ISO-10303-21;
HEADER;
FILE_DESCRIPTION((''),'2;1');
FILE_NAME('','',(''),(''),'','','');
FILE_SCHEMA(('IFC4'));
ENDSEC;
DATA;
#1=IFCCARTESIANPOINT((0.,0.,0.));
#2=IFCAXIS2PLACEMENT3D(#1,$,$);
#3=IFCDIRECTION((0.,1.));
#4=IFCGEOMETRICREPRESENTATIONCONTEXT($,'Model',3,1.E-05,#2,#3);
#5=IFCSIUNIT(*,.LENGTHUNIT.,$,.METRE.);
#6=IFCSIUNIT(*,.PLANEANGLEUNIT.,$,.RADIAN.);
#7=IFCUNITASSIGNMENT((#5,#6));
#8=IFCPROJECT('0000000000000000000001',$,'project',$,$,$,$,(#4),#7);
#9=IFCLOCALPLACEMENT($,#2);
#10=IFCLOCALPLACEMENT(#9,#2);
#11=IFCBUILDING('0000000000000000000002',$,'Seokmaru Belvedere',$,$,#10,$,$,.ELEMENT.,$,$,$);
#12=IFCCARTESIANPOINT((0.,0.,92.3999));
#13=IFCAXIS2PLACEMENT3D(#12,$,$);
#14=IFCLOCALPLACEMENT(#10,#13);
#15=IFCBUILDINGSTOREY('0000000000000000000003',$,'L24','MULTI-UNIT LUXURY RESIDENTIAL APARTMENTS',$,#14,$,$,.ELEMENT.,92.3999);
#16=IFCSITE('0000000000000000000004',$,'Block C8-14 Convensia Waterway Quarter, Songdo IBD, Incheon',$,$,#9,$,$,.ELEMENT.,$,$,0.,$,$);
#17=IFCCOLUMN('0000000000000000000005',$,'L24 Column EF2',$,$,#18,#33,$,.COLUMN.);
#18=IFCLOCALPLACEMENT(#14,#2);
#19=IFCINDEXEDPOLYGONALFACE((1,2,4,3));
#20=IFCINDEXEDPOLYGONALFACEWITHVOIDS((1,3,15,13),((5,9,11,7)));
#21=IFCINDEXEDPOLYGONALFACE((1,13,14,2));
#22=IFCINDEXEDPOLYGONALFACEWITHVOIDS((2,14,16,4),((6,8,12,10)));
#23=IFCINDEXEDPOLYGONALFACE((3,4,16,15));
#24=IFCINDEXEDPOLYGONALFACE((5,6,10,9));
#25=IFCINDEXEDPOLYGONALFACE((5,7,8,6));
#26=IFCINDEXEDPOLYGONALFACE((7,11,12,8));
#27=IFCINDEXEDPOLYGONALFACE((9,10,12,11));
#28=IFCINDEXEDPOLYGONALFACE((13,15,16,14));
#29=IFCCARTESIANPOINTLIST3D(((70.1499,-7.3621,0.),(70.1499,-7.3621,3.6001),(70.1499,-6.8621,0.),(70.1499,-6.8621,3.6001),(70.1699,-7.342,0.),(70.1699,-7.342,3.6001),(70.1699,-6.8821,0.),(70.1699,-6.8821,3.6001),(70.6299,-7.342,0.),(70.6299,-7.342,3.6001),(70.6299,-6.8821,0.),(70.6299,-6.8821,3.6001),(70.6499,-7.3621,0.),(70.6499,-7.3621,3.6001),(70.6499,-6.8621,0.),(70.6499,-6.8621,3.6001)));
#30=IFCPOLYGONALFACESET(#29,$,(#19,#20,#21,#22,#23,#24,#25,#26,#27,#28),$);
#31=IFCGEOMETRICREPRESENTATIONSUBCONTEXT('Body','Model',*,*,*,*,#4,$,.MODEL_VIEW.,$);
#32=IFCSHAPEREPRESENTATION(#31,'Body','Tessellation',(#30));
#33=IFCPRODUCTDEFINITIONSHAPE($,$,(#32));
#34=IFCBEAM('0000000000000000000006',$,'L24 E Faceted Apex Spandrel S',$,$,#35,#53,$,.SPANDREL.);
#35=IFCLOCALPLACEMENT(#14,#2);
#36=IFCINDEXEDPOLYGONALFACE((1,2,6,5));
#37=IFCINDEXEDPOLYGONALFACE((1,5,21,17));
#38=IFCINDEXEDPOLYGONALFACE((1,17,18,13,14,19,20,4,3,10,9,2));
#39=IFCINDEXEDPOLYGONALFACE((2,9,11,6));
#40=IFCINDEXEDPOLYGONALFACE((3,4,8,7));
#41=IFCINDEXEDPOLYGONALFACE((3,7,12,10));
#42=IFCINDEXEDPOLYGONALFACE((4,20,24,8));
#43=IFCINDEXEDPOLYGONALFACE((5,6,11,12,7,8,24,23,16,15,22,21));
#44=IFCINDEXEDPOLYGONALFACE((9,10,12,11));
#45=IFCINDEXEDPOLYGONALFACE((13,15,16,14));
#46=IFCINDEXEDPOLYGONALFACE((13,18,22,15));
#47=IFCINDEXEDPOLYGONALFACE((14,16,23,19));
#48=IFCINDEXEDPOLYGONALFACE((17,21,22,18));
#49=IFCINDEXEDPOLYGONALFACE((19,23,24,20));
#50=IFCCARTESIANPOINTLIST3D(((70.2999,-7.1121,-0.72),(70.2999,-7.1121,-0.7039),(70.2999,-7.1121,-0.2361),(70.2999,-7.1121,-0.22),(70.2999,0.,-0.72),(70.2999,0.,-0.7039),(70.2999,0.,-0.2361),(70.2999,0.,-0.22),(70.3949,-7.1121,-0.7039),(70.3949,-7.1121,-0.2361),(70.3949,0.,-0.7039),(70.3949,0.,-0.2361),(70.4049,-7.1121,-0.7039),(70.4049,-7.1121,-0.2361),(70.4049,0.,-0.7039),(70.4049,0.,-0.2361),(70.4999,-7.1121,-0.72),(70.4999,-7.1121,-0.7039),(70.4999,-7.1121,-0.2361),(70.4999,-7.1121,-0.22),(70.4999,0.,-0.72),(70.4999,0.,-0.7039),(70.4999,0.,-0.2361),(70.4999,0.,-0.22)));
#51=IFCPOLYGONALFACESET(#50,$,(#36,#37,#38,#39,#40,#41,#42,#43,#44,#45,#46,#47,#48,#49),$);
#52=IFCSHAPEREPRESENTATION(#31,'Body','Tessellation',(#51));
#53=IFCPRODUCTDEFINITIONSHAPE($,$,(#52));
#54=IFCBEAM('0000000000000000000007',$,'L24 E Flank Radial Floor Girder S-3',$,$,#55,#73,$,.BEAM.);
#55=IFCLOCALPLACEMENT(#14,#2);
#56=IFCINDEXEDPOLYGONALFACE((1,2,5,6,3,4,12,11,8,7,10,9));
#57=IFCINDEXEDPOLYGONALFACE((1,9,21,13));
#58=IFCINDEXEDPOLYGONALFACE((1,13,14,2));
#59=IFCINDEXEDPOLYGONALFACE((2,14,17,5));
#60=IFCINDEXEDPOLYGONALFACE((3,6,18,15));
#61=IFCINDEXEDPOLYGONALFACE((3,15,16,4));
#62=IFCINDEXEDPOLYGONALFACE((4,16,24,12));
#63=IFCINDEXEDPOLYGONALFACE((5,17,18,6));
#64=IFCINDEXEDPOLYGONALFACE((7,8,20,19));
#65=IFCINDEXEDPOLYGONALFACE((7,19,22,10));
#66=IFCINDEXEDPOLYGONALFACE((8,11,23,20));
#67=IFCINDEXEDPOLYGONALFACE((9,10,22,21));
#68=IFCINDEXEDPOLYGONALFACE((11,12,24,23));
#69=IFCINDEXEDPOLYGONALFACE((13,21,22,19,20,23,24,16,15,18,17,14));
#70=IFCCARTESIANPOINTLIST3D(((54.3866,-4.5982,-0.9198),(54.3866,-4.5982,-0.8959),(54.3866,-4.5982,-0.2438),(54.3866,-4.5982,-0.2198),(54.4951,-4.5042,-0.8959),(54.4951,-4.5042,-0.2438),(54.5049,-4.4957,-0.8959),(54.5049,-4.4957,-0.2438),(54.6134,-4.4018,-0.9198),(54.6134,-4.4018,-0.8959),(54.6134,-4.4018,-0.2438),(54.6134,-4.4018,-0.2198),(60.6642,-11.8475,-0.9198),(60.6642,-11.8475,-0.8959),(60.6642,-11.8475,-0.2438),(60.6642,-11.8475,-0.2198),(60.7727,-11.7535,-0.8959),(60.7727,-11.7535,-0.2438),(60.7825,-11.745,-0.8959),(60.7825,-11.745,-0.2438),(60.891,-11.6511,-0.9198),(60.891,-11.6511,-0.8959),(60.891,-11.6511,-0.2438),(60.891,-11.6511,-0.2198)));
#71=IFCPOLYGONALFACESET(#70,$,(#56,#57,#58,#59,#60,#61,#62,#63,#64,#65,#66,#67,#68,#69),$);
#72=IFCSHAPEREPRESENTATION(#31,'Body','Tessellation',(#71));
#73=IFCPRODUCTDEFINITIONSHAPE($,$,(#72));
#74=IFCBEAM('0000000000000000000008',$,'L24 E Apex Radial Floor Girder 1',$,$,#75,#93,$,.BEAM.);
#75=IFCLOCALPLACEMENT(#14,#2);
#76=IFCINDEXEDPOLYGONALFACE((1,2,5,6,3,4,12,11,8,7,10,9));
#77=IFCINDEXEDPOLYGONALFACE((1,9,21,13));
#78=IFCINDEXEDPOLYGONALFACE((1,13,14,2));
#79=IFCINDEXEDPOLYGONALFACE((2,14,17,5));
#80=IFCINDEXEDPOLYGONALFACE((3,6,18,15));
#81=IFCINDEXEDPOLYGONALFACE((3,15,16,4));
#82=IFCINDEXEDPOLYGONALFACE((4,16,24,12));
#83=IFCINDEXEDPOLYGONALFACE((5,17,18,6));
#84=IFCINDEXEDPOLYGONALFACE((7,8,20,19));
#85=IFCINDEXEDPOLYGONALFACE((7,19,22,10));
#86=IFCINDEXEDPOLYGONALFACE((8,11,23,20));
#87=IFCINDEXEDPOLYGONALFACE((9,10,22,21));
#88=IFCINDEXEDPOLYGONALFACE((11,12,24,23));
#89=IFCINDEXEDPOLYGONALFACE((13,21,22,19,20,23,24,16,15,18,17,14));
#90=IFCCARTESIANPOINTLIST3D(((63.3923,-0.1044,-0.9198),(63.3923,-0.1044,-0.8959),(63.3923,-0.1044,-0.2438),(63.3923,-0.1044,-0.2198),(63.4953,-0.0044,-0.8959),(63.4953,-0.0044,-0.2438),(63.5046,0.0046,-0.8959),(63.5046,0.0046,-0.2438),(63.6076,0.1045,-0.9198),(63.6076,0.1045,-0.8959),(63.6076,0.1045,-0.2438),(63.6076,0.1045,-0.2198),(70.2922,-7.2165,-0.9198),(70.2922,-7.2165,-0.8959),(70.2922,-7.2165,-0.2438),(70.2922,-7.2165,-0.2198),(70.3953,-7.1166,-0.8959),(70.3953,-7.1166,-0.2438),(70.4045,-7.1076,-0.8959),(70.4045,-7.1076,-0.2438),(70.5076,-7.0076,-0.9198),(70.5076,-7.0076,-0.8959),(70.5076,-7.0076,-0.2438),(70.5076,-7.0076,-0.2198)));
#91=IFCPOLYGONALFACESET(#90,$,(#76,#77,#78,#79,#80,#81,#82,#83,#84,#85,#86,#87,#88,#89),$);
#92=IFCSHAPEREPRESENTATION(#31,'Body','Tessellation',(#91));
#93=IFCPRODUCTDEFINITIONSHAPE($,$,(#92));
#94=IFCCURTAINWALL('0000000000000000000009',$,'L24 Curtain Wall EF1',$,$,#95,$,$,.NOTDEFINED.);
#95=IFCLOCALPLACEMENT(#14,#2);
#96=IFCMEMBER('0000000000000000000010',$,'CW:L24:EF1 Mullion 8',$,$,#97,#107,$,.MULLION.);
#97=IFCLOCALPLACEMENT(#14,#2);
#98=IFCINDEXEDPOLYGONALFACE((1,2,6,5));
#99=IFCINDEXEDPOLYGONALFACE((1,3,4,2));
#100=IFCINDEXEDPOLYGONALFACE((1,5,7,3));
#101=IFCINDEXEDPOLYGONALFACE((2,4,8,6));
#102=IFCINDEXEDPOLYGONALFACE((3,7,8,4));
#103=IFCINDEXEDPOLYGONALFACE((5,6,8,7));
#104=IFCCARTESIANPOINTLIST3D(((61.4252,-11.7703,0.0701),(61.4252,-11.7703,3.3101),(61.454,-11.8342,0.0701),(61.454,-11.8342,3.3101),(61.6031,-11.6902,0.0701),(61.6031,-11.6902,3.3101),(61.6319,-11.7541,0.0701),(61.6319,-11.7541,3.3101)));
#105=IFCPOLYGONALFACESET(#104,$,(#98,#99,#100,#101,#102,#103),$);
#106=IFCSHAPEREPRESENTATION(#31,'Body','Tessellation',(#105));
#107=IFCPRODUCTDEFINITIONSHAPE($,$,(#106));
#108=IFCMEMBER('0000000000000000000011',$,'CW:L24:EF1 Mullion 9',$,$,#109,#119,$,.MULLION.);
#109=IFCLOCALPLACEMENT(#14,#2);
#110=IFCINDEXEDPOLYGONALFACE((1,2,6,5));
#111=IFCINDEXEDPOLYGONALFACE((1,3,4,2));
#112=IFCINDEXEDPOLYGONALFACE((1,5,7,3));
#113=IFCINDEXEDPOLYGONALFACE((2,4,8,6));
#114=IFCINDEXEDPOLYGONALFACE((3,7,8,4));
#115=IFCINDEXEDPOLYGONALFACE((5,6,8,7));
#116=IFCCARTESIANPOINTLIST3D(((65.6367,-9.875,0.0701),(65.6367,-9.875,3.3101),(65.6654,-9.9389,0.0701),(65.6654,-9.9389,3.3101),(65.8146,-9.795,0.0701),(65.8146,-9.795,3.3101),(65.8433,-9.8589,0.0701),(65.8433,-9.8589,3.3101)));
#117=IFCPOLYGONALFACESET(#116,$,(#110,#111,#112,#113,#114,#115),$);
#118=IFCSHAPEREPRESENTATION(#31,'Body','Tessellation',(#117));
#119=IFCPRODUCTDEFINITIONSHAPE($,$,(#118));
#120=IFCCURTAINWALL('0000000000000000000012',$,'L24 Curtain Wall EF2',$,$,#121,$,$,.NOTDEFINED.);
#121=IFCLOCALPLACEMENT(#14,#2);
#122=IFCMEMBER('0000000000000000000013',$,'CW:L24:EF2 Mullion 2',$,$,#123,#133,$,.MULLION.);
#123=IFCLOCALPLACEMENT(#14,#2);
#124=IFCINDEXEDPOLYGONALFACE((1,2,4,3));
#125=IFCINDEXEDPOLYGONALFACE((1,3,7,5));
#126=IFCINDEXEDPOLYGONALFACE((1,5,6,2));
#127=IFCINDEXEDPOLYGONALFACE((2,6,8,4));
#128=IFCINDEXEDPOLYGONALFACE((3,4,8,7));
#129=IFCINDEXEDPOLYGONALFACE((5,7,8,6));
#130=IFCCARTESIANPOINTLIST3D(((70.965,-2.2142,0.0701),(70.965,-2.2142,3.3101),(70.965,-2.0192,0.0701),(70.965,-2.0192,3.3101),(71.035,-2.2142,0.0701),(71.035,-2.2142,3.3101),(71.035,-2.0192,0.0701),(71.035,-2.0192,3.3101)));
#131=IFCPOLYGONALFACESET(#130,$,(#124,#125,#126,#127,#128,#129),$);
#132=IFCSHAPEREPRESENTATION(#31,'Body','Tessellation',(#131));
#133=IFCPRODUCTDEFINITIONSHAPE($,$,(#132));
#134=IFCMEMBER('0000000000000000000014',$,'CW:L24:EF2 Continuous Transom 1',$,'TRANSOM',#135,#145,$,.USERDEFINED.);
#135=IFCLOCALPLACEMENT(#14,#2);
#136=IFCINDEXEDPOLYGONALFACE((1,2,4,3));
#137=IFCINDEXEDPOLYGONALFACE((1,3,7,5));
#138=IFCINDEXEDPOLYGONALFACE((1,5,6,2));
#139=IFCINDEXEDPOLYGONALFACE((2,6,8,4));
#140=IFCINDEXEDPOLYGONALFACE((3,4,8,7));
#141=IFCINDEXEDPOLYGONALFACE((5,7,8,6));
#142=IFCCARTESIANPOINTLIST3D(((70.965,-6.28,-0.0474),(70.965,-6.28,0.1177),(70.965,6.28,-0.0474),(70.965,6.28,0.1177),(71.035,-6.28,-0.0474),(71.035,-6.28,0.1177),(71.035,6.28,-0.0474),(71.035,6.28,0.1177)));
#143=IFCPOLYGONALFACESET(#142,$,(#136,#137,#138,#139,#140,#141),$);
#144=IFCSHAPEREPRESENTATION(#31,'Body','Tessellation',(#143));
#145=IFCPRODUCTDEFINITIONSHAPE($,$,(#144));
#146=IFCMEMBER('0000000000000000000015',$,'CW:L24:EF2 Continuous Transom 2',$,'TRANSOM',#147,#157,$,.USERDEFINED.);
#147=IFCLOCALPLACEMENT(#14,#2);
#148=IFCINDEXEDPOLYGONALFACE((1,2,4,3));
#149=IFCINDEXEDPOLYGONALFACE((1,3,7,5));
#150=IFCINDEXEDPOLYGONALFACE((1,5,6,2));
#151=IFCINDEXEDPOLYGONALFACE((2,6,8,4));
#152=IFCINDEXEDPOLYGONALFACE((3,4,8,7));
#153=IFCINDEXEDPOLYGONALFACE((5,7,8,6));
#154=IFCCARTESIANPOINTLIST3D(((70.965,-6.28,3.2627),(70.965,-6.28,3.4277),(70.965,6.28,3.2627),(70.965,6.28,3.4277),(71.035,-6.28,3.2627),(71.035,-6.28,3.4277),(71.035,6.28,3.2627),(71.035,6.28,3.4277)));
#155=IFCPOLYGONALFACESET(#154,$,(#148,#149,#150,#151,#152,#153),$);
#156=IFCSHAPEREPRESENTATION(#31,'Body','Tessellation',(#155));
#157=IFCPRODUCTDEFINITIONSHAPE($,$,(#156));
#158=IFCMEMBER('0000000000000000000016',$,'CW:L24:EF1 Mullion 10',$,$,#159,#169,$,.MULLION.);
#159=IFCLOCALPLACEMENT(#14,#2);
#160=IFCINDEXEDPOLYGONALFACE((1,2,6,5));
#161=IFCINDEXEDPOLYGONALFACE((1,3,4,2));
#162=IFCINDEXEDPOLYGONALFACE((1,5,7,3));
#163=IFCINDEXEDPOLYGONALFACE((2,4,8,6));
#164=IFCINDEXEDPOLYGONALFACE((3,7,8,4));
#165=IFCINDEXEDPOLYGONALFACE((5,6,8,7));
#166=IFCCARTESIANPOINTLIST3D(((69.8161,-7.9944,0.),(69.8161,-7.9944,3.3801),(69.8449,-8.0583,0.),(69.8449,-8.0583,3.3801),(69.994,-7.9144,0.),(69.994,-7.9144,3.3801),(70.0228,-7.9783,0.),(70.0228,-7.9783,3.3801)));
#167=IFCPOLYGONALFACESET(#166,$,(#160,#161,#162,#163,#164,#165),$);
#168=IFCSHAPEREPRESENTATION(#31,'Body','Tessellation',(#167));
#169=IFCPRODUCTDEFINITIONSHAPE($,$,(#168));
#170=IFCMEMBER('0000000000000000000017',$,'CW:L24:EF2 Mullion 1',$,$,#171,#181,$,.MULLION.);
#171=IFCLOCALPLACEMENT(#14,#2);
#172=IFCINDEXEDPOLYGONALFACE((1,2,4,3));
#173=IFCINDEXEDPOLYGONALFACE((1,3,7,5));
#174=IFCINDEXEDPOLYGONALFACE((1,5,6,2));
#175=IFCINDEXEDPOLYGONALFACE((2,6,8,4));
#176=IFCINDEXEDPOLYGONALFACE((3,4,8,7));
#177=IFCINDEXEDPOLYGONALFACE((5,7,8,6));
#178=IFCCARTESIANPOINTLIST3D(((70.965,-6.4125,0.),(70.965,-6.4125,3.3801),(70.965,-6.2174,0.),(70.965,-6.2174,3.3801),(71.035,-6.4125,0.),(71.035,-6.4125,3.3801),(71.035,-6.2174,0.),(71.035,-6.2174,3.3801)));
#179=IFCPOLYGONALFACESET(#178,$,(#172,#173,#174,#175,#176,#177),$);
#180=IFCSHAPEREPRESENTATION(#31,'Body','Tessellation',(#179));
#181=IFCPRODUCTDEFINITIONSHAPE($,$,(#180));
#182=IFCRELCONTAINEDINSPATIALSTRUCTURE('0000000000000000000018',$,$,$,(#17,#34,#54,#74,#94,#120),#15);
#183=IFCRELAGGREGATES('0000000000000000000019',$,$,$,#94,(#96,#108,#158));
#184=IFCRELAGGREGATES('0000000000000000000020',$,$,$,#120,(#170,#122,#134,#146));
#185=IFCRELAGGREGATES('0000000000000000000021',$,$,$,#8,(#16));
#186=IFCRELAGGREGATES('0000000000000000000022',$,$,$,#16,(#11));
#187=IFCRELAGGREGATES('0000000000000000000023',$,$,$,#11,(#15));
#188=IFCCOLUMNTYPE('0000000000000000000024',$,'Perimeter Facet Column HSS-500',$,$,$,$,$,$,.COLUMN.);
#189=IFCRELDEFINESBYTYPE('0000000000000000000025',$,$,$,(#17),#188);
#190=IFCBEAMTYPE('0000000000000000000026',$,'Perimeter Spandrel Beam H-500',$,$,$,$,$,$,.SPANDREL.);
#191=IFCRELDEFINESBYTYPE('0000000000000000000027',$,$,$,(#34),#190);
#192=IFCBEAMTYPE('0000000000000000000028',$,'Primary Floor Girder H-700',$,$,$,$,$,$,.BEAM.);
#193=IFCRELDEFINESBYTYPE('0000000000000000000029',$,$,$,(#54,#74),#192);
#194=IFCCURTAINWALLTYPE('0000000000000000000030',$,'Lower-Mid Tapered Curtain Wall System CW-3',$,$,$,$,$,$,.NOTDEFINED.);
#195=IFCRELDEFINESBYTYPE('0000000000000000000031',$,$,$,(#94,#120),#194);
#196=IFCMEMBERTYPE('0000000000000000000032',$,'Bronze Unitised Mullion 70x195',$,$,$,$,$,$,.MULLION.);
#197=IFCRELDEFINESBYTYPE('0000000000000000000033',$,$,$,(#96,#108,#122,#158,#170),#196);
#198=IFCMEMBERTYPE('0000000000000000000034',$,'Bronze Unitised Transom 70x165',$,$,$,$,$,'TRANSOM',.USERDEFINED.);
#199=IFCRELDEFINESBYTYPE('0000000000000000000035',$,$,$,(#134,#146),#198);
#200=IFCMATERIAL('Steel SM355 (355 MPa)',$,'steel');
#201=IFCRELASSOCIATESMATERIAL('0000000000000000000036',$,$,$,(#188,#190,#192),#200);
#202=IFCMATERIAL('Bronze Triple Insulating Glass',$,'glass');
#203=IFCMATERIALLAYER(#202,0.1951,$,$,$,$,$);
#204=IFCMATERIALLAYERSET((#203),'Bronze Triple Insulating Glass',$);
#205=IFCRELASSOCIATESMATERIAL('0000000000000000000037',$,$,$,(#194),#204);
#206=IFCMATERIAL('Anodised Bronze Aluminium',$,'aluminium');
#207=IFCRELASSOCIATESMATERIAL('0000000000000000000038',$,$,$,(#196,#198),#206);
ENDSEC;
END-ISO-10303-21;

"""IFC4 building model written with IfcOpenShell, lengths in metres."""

from ifc_helpers import new_model, si_unit, direction, frame, origin, origin_2d, place, context, subcontext, project, spatial, rectangle, hollow_rectangle, i_section, extrude, source, transform, mapped, material, layer, layer_set, material_profile, profile_set, type_object, type_shapes, element, aggregate, save


model = new_model("IFC4")

# Units and contexts
model_context = context("Model", 3, precision=1e-05, world=origin(), true_north=direction((0.0, 1.0)))
body_context = subcontext(model_context, "Body", "Model", "MODEL_VIEW")
ifc_project = project(units=[si_unit("LENGTHUNIT", "METRE"), si_unit("PLANEANGLEUNIT", "RADIAN")], contexts=[model_context])

# Site, building, storey
site_placement = place(None, origin())
site = spatial("IfcSite", under=ifc_project, at=site_placement, Name="Block C8-14 Convensia Waterway Quarter, Songdo IBD, Incheon", CompositionType="ELEMENT", RefElevation=0.0)
building_placement = place(site_placement, origin())
building = spatial("IfcBuilding", under=site, at=building_placement, Name="Seokmaru Belvedere", CompositionType="ELEMENT")
storey_placement = place(building_placement, frame((0.0, 0.0, 92.3999)))
storey = spatial("IfcBuildingStorey", under=building, at=storey_placement, Name="L24", Description="MULTI-UNIT LUXURY RESIDENTIAL APARTMENTS", CompositionType="ELEMENT", Elevation=92.3999)

# Column
ifc_material_1 = material(Name="Steel SM355 (355 MPa)", Category="steel")
ifc_material_profile_1 = material_profile(ifc_material_1, hollow_rectangle(XDim=0.5, YDim=0.5, WallThickness=0.02, at=origin_2d()), Name="HSS-500x500x20")
ifc_profile_set_1 = profile_set([ifc_material_profile_1], Name="Steel SM355 (355 MPa)")
column_type = type_object("IfcColumnType", Name="Perimeter Facet Column HSS-500", PredefinedType="COLUMN", material=ifc_profile_set_1)
shared_shape_1 = source(origin(), body_context, "Body", "SweptSolid", [
    extrude(hollow_rectangle(XDim=0.5, YDim=0.5, WallThickness=0.02, at=origin_2d()), origin(), (0.0, 0.0, 1.0), 3.6001),
])
type_shapes(column_type, [shared_shape_1])
column_placement = place(storey_placement, frame((70.3999, -7.1121, 0.0), z_axis=(0.0, 0.0, 1.0), x_axis=(1.0, 0.0, 0.0)))
element("IfcColumn", 1, at=column_placement, inside=storey, type_object=column_type, Name="L24 Column EF2", PredefinedType="COLUMN", context=body_context, shape_type="MappedRepresentation", body=[
    mapped(shared_shape_1, transform((0.0, 0.0, 0.0), scale=1.0)),
])

# Beams
ifc_material_profile_2 = material_profile(ifc_material_1, i_section(OverallWidth=0.2, OverallDepth=0.5, WebThickness=0.01, FlangeThickness=0.0161, at=origin_2d()), Name="H-500x200x10x16")
ifc_profile_set_2 = profile_set([ifc_material_profile_2], Name="Steel SM355 (355 MPa)")
beam_type_1 = type_object("IfcBeamType", Name="Perimeter Spandrel Beam H-500", PredefinedType="SPANDREL", material=ifc_profile_set_2)
shared_shape_2 = source(origin(), body_context, "Body", "SweptSolid", [
    extrude(i_section(OverallWidth=0.2, OverallDepth=0.5, WebThickness=0.01, FlangeThickness=0.0161, at=origin_2d()), origin(), (0.0, 0.0, 1.0), 7.1121),
])
type_shapes(beam_type_1, [shared_shape_2])
beam_1_placement = place(storey_placement, frame((70.3999, -7.1121, -0.47), z_axis=(0.0, 1.0, 0.0), x_axis=(-1.0, 0.0, 0.0)))
element("IfcBeam", 2, at=beam_1_placement, inside=storey, type_object=beam_type_1, Name="L24 E Faceted Apex Spandrel S", PredefinedType="SPANDREL", context=body_context, shape_type="MappedRepresentation", body=[
    mapped(shared_shape_2, transform((0.0, 0.0, 0.0), scale=1.0)),
])
ifc_material_profile_3 = material_profile(ifc_material_1, i_section(OverallWidth=0.3, OverallDepth=0.7, WebThickness=0.0129, FlangeThickness=0.0239, at=origin_2d()), Name="H-700x300x13x24")
ifc_profile_set_3 = profile_set([ifc_material_profile_3], Name="Steel SM355 (355 MPa)")
beam_type_2 = type_object("IfcBeamType", Name="Primary Floor Girder H-700", PredefinedType="BEAM", material=ifc_profile_set_3)
shared_shape_3 = source(origin(), body_context, "Body", "SweptSolid", [
    extrude(i_section(OverallWidth=0.3, OverallDepth=0.7, WebThickness=0.0129, FlangeThickness=0.0239, at=origin_2d()), origin(), (0.0, 0.0, 1.0), 9.5896),
])
beam_2_placement = place(storey_placement, frame((60.7776, -11.7493, -0.5698), z_axis=(-0.654626, 0.755953, 0.0), x_axis=(-0.755953, -0.654626, 0.0)))
element("IfcBeam", 3, at=beam_2_placement, inside=storey, type_object=beam_type_2, Name="L24 E Flank Radial Floor Girder S-3", PredefinedType="BEAM", context=body_context, shape_type="MappedRepresentation", body=[
    mapped(shared_shape_3, transform((0.0, 0.0, 0.0), scale=1.0)),
])
shared_shape_4 = source(origin(), body_context, "Body", "SweptSolid", [
    extrude(i_section(OverallWidth=0.3, OverallDepth=0.7, WebThickness=0.0129, FlangeThickness=0.0239, at=origin_2d()), origin(), (0.0, 0.0, 1.0), 9.9092),
])
type_shapes(beam_type_2, [shared_shape_3, shared_shape_4])
beam_3_placement = place(storey_placement, frame((70.3999, -7.1121, -0.5698), z_axis=(-0.696321, 0.717731, 0.0), x_axis=(-0.717731, -0.696321, 0.0)))
element("IfcBeam", 4, at=beam_3_placement, inside=storey, type_object=beam_type_2, Name="L24 E Apex Radial Floor Girder 1", PredefinedType="BEAM", context=body_context, shape_type="MappedRepresentation", body=[
    mapped(shared_shape_4, transform((0.0, 0.0, 0.0), scale=1.0)),
])

# Curtain walls, members
ifc_material_2 = material(Name="Bronze Triple Insulating Glass", Category="glass")
ifc_layer_1 = layer(ifc_material_2, 0.1951)
ifc_layer_set_1 = layer_set([ifc_layer_1], Name="Bronze Triple Insulating Glass")
curtain_wall_type = type_object("IfcCurtainWallType", Name="Lower-Mid Tapered Curtain Wall System CW-3", PredefinedType="NOTDEFINED", material=ifc_layer_set_1)
curtain_wall_1_placement = place(storey_placement, origin())
curtain_wall_1 = element("IfcCurtainWall", 5, at=curtain_wall_1_placement, inside=storey, type_object=curtain_wall_type, Name="L24 Curtain Wall EF1", PredefinedType="NOTDEFINED")
ifc_material_3 = material(Name="Anodised Bronze Aluminium", Category="aluminium")
ifc_material_profile_4 = material_profile(ifc_material_3, rectangle(XDim=0.0701, YDim=0.1951, at=origin_2d()), Name="CW-M-70x195")
ifc_profile_set_4 = profile_set([ifc_material_profile_4], Name="Anodised Bronze Aluminium")
member_type_1 = type_object("IfcMemberType", Name="Bronze Unitised Mullion 70x195", PredefinedType="MULLION", material=ifc_profile_set_4)
shared_shape_5 = source(origin(), body_context, "Body", "SweptSolid", [
    extrude(rectangle(XDim=0.0701, YDim=0.1951, at=origin_2d()), origin(), (0.0, 0.0, 1.0), 3.24),
])
member_1_placement = place(storey_placement, frame((61.5286, -11.7622, 0.0701), z_axis=(0.0, 0.0, 1.0), x_axis=(-0.410366, 0.911921, 0.0)))
member_1 = element("IfcMember", 6, at=member_1_placement, type_object=member_type_1, Name="CW:L24:EF1 Mullion 8", PredefinedType="MULLION", context=body_context, shape_type="MappedRepresentation", body=[
    mapped(shared_shape_5, transform((0.0, 0.0, 0.0), scale=1.0)),
])
member_2_placement = place(storey_placement, frame((65.74, -9.8669, 0.0701), z_axis=(0.0, 0.0, 1.0), x_axis=(-0.410366, 0.911921, 0.0)))
member_2 = element("IfcMember", 7, at=member_2_placement, type_object=member_type_1, Name="CW:L24:EF1 Mullion 9", PredefinedType="MULLION", context=body_context, shape_type="MappedRepresentation", body=[
    mapped(shared_shape_5, transform((0.0, 0.0, 0.0), scale=1.0)),
])
curtain_wall_2_placement = place(storey_placement, origin())
curtain_wall_2 = element("IfcCurtainWall", 8, at=curtain_wall_2_placement, inside=storey, type_object=curtain_wall_type, Name="L24 Curtain Wall EF2", PredefinedType="NOTDEFINED")
member_3_placement = place(storey_placement, frame((71.0, -2.1167, 0.0701), z_axis=(0.0, 0.0, 1.0), x_axis=(-1.0, 0.0, 0.0)))
member_3 = element("IfcMember", 9, at=member_3_placement, type_object=member_type_1, Name="CW:L24:EF2 Mullion 2", PredefinedType="MULLION", context=body_context, shape_type="MappedRepresentation", body=[
    mapped(shared_shape_5, transform((0.0, 0.0, 0.0), scale=1.0)),
])
ifc_material_profile_5 = material_profile(ifc_material_3, rectangle(XDim=0.0701, YDim=0.165, at=origin_2d()), Name="CW-T-70x165")
ifc_profile_set_5 = profile_set([ifc_material_profile_5], Name="Anodised Bronze Aluminium")
member_type_2 = type_object("IfcMemberType", Name="Bronze Unitised Transom 70x165", ElementType="TRANSOM", PredefinedType="USERDEFINED", material=ifc_profile_set_5)
shared_shape_6 = source(origin(), body_context, "Body", "SweptSolid", [
    extrude(rectangle(XDim=0.0701, YDim=0.165, at=origin_2d()), origin(), (0.0, 0.0, 1.0), 12.5601),
])
type_shapes(member_type_2, [shared_shape_6])
member_4_placement = place(storey_placement, frame((71.0, -6.28, 0.0352), z_axis=(0.0, 1.0, 0.0), x_axis=(-1.0, 0.0, 0.0)))
member_4 = element("IfcMember", 10, at=member_4_placement, type_object=member_type_2, Name="CW:L24:EF2 Continuous Transom 1", ObjectType="TRANSOM", PredefinedType="USERDEFINED", context=body_context, shape_type="MappedRepresentation", body=[
    mapped(shared_shape_6, transform((0.0, 0.0, 0.0), scale=1.0)),
])
member_5_placement = place(storey_placement, frame((71.0, -6.28, 3.3452), z_axis=(0.0, 1.0, 0.0), x_axis=(-1.0, 0.0, 0.0)))
member_5 = element("IfcMember", 11, at=member_5_placement, type_object=member_type_2, Name="CW:L24:EF2 Continuous Transom 2", ObjectType="TRANSOM", PredefinedType="USERDEFINED", context=body_context, shape_type="MappedRepresentation", body=[
    mapped(shared_shape_6, transform((0.0, 0.0, 0.0), scale=1.0)),
])

# Members
shared_shape_7 = source(origin(), body_context, "Body", "SweptSolid", [
    extrude(rectangle(XDim=0.0701, YDim=0.1951, at=origin_2d()), origin(), (0.0, 0.0, 1.0), 3.3801),
])
type_shapes(member_type_1, [shared_shape_5, shared_shape_7])
member_6_placement = place(storey_placement, frame((69.9194, -7.9863, 0.0), z_axis=(0.0, 0.0, 1.0), x_axis=(-0.410366, 0.911921, 0.0)))
member_6 = element("IfcMember", 12, at=member_6_placement, type_object=member_type_1, Name="CW:L24:EF1 Mullion 10", PredefinedType="MULLION", context=body_context, shape_type="MappedRepresentation", body=[
    mapped(shared_shape_7, transform((0.0, 0.0, 0.0), scale=1.0)),
])
member_7_placement = place(storey_placement, frame((71.0, -6.3149, 0.0), z_axis=(0.0, 0.0, 1.0), x_axis=(-1.0, 0.0, 0.0)))
member_7 = element("IfcMember", 13, at=member_7_placement, type_object=member_type_1, Name="CW:L24:EF2 Mullion 1", PredefinedType="MULLION", context=body_context, shape_type="MappedRepresentation", body=[
    mapped(shared_shape_7, transform((0.0, 0.0, 0.0), scale=1.0)),
])

aggregate(curtain_wall_1, [member_1, member_2, member_6])
aggregate(curtain_wall_2, [member_7, member_3, member_4, member_5])

save(model, "model.ifc")
